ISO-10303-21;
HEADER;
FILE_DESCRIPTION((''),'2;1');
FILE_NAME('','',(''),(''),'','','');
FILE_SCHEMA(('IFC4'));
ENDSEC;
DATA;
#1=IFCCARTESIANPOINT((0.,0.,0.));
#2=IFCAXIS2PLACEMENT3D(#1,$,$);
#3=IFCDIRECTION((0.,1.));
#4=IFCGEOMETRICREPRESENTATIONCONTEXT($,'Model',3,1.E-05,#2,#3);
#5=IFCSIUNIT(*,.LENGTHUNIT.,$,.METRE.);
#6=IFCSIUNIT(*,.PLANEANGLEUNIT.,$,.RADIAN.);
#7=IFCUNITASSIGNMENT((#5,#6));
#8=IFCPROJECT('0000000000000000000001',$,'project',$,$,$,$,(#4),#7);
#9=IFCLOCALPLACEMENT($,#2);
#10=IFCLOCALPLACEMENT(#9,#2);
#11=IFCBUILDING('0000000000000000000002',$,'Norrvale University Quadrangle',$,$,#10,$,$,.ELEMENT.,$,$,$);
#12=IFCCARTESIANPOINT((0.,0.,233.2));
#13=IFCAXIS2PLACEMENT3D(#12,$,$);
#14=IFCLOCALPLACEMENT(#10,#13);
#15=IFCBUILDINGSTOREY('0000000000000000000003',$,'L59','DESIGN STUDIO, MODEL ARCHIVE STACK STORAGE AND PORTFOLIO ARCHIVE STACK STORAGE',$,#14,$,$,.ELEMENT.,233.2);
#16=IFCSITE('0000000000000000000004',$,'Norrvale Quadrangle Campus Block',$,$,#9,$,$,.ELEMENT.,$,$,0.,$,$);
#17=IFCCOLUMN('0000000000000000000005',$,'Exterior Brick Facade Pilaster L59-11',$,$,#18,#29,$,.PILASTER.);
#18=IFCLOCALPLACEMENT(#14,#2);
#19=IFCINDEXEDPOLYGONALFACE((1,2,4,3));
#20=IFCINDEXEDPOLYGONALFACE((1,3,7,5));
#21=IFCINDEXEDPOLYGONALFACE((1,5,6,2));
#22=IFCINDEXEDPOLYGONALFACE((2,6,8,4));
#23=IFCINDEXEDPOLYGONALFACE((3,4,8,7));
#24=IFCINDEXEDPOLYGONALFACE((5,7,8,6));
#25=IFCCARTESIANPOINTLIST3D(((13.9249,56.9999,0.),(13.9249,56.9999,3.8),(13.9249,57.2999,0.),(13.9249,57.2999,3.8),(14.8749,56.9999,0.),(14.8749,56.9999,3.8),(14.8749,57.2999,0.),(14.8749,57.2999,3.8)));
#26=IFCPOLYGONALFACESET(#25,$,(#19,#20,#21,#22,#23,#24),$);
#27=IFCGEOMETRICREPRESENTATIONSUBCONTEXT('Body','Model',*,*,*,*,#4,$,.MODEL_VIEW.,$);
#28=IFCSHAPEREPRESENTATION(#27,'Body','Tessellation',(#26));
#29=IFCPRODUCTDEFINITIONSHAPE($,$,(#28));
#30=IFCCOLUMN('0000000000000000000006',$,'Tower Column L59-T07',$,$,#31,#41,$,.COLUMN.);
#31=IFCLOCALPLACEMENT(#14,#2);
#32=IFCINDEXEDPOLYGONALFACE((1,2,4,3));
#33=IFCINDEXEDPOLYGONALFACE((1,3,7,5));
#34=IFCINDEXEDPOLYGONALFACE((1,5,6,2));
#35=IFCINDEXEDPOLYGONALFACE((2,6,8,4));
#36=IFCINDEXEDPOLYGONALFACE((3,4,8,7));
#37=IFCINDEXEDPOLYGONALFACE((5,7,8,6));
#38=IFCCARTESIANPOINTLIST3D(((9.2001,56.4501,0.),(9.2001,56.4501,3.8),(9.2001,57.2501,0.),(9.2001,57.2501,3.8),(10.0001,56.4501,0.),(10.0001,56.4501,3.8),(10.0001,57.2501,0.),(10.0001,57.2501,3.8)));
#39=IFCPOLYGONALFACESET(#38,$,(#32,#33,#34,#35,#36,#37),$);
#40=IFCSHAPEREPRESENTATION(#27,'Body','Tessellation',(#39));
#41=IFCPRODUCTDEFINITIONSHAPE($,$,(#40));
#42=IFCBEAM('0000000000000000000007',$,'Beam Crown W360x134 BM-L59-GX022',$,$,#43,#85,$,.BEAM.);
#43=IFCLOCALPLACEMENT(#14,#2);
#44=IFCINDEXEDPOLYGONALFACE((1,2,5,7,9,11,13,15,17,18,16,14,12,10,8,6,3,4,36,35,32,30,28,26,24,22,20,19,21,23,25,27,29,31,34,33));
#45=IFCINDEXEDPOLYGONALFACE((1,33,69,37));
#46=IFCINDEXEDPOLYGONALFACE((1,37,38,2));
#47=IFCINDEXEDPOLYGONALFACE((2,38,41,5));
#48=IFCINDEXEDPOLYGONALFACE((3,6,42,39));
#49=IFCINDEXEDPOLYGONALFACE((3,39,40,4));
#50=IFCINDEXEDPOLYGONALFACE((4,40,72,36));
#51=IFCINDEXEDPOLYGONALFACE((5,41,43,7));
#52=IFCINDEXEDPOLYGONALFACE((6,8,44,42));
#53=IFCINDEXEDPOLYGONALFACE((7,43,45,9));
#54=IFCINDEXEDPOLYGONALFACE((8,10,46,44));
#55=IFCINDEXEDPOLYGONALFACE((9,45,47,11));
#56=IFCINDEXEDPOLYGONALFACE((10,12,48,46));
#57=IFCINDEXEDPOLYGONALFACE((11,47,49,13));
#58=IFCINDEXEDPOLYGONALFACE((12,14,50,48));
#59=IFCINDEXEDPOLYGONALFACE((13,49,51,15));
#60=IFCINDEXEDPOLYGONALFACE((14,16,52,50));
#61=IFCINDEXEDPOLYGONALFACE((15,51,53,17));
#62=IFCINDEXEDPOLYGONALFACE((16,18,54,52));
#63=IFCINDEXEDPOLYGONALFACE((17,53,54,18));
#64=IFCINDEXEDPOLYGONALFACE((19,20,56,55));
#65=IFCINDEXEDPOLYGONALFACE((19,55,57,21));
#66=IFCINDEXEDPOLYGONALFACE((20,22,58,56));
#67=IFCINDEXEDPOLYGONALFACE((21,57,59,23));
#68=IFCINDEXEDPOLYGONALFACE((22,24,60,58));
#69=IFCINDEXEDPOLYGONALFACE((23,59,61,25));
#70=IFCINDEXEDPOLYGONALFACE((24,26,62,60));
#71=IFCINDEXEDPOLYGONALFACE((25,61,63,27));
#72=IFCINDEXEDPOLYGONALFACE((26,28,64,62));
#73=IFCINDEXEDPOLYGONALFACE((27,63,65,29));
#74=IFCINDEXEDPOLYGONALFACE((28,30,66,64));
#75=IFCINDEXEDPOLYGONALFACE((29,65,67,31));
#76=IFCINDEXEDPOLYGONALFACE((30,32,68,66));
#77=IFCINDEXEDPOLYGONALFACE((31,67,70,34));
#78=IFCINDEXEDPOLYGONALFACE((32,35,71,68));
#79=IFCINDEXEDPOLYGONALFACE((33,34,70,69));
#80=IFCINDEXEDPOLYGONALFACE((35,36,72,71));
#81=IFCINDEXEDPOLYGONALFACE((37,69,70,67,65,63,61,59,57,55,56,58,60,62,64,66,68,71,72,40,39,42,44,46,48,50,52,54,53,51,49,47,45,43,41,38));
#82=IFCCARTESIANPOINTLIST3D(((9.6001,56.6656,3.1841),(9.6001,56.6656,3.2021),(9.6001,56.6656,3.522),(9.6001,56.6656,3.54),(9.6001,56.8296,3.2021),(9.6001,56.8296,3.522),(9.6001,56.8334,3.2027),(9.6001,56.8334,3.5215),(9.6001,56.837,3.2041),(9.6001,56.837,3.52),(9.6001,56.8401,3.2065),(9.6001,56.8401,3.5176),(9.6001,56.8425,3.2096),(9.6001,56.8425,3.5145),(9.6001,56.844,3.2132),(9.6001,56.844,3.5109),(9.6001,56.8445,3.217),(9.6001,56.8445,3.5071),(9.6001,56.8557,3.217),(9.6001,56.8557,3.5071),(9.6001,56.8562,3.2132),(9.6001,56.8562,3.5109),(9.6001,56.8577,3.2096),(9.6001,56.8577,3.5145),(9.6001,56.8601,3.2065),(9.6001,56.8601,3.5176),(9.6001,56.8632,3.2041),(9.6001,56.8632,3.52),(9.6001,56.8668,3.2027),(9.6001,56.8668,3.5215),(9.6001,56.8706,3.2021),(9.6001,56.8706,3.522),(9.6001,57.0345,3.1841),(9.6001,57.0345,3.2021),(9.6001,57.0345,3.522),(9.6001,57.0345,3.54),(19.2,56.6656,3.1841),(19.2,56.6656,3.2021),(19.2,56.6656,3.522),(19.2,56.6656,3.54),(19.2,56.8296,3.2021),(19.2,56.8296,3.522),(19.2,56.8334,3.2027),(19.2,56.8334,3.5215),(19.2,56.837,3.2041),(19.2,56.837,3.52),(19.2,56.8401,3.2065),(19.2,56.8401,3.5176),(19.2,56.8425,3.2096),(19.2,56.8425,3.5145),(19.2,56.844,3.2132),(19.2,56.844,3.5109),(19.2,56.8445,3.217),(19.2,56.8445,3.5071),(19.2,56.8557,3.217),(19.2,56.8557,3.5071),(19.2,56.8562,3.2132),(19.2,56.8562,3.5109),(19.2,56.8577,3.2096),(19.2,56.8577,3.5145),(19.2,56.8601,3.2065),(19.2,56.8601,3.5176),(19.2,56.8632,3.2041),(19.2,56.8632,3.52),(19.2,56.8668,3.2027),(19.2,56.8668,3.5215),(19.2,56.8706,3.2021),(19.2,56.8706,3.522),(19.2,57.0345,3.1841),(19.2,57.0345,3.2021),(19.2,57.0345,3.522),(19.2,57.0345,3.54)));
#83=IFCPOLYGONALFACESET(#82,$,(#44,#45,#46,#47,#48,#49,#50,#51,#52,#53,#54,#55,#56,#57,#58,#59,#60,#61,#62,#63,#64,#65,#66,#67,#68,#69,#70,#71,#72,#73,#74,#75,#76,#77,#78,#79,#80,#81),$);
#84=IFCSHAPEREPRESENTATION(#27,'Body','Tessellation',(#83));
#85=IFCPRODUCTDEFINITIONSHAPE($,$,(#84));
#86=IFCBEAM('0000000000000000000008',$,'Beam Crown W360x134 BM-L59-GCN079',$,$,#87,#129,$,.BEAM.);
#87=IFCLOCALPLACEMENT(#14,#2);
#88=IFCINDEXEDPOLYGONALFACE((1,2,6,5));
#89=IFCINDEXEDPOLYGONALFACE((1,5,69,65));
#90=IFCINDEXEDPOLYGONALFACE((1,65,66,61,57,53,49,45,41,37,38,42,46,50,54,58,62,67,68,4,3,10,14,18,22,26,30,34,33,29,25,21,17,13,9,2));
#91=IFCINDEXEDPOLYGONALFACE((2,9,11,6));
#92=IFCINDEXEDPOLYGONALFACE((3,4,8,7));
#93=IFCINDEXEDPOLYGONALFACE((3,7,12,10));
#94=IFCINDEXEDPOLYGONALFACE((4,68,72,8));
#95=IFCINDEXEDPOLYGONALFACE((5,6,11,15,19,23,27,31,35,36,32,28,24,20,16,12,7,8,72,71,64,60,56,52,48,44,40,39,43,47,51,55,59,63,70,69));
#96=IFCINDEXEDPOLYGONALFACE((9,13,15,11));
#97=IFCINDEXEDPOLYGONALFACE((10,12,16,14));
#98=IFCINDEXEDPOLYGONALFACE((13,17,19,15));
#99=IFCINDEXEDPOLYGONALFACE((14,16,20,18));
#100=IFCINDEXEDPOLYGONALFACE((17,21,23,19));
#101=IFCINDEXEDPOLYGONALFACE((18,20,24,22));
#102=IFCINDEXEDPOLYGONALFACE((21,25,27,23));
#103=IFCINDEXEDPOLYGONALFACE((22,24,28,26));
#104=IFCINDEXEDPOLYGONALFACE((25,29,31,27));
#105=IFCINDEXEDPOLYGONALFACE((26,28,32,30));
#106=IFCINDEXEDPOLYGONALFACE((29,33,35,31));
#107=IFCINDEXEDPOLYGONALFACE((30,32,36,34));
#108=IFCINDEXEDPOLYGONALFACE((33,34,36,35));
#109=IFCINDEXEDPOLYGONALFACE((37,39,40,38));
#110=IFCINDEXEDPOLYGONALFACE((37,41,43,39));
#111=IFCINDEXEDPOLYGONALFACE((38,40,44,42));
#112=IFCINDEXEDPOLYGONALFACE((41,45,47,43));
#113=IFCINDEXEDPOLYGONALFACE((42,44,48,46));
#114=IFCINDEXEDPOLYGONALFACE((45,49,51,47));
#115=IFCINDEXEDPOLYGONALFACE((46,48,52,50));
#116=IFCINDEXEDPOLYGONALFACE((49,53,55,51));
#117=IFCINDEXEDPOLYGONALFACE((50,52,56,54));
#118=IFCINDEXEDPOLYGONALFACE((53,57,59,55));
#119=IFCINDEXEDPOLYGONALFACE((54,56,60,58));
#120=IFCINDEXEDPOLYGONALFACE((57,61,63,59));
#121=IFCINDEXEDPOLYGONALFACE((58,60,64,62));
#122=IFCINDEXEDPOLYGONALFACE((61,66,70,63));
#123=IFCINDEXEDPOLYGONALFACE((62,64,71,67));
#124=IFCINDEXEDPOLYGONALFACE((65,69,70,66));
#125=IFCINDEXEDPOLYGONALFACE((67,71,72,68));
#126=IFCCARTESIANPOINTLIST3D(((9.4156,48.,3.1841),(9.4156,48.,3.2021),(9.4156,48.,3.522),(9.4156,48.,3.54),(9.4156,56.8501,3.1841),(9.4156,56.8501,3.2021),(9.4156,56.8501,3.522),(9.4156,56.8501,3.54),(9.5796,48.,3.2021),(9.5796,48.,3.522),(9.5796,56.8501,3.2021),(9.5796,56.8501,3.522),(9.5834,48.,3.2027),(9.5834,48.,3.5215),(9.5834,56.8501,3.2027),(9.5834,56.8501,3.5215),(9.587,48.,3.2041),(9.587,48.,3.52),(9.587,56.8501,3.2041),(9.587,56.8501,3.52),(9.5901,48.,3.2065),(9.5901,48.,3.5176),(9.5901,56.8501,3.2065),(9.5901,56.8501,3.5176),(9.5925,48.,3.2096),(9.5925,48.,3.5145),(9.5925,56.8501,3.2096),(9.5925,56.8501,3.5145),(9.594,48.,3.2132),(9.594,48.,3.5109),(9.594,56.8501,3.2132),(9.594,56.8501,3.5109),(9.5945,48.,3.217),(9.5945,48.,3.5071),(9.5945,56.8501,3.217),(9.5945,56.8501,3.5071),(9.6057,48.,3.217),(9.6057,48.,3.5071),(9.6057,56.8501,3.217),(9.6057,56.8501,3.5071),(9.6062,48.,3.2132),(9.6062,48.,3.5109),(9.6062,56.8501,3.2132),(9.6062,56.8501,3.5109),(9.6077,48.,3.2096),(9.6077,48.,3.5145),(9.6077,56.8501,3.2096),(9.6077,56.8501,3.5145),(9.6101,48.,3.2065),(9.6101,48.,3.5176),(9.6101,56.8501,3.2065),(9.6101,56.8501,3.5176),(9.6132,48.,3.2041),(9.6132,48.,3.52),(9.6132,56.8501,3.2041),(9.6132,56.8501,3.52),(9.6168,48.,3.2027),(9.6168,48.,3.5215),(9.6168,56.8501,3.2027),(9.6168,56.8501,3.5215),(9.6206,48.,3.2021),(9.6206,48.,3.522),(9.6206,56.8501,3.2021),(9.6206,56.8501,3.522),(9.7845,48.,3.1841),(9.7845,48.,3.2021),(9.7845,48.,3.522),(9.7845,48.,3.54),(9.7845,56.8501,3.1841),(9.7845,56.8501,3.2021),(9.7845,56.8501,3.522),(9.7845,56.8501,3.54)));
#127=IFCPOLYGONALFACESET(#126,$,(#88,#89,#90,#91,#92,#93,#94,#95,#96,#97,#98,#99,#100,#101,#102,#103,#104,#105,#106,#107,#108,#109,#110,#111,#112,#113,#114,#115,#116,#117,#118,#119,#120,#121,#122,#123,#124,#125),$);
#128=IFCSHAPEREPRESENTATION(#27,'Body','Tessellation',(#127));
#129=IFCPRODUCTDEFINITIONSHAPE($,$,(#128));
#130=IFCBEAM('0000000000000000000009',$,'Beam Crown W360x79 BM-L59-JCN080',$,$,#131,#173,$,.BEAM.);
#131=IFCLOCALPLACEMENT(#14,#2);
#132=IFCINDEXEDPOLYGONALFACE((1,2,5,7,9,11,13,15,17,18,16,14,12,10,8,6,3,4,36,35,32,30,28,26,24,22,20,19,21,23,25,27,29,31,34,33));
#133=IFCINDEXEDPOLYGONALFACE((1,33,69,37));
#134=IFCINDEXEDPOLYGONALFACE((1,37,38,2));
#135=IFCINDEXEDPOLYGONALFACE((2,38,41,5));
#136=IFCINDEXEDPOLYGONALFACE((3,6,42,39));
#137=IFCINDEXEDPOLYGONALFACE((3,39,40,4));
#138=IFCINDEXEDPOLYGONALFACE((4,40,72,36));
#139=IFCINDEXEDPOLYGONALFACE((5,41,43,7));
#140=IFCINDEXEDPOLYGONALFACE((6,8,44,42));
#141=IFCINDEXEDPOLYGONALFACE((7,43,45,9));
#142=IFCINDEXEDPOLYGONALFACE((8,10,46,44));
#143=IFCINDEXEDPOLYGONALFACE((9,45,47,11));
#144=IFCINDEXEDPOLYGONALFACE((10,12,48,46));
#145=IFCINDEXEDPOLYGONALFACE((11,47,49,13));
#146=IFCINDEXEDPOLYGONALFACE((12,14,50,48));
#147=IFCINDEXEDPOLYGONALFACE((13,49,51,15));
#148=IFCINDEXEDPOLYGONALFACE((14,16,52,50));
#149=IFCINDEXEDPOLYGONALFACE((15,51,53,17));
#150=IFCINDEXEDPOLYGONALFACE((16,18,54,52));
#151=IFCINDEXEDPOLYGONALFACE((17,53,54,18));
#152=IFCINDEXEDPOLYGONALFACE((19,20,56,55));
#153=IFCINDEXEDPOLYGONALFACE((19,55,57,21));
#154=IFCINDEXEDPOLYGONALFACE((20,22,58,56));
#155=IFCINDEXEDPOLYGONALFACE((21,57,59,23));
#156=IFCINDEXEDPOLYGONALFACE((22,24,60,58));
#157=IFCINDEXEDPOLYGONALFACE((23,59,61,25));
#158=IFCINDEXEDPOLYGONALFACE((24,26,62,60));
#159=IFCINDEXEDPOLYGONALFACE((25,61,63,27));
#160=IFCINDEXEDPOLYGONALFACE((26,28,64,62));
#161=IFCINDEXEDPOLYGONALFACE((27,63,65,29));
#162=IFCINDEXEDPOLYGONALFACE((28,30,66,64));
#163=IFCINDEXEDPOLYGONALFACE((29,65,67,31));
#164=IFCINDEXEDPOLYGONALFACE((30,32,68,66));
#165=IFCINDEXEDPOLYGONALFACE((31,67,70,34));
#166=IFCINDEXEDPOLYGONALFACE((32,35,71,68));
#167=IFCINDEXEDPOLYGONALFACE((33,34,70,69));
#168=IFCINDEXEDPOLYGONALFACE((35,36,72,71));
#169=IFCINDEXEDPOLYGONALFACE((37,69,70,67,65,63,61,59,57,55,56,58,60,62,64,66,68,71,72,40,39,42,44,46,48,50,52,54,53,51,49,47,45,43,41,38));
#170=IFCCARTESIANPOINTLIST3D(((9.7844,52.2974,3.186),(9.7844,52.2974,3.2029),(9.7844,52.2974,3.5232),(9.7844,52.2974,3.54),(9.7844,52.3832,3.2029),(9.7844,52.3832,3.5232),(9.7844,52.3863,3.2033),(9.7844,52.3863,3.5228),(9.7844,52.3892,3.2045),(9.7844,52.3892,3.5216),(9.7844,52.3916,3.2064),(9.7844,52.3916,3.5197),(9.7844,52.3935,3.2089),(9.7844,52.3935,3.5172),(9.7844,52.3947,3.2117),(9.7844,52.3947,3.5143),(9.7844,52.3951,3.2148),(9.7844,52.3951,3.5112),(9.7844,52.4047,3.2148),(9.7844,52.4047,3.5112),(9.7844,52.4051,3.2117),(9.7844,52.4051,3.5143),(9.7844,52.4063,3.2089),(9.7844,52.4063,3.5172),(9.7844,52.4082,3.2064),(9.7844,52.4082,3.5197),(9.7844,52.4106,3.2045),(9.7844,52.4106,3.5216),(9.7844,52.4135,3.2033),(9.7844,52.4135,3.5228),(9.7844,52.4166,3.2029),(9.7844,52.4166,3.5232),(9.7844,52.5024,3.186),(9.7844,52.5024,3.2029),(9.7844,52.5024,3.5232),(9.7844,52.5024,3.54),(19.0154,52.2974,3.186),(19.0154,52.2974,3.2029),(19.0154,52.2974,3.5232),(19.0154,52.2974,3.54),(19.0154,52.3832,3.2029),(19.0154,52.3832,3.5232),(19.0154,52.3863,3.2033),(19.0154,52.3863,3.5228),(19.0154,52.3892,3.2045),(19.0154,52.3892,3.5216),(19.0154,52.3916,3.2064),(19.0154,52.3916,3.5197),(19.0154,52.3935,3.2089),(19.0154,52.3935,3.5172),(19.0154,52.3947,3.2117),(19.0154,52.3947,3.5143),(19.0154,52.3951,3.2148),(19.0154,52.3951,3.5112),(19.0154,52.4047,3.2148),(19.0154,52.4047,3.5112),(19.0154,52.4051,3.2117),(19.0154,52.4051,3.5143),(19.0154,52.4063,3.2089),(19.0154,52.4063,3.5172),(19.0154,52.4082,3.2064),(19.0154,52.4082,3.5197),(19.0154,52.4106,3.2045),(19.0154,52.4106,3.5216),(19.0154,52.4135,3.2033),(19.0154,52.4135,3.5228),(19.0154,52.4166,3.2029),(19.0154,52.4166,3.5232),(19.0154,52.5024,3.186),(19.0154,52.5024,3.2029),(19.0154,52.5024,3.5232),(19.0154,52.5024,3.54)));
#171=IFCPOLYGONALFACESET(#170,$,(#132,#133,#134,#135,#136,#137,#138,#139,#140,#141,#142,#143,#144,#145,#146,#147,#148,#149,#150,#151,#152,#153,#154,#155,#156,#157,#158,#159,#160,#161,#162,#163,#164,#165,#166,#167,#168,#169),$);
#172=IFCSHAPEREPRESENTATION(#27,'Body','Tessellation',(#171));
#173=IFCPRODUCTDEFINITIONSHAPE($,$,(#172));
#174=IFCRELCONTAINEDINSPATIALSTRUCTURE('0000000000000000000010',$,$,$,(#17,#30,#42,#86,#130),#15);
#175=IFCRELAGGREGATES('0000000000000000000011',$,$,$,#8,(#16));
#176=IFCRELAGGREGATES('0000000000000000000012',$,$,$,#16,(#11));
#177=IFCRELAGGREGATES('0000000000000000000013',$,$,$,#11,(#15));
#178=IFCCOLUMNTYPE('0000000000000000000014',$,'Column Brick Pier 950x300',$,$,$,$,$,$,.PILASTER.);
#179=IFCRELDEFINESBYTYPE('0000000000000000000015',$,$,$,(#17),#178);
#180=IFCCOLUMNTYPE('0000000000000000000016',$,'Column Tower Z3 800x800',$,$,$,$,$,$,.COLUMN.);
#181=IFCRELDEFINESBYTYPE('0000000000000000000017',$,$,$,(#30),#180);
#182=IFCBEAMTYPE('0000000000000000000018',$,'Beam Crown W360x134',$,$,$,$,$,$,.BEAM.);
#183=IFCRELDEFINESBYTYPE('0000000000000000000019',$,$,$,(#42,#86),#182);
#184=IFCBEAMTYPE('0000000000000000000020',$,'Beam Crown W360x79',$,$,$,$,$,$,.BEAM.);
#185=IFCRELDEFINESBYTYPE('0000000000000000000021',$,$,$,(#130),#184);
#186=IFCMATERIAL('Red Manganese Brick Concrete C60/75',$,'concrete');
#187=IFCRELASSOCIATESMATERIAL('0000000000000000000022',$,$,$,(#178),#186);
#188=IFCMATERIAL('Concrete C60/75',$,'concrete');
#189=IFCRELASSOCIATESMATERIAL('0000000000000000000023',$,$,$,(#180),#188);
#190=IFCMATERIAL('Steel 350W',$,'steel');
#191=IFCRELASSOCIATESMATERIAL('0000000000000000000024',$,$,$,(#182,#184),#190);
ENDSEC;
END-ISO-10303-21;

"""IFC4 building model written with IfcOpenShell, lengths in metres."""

from ifc_helpers import new_model, si_unit, direction, frame, origin, origin_2d, place, context, subcontext, project, spatial, rectangle, i_section, extrude, material, material_profile, profile_set, type_object, element, save


model = new_model("IFC4")

# Units and contexts
model_context = context("Model", 3, precision=1e-05, world=origin(), true_north=direction((0.0, 1.0)))
body_context = subcontext(model_context, "Body", "Model", "MODEL_VIEW")
ifc_project = project(units=[si_unit("LENGTHUNIT", "METRE"), si_unit("PLANEANGLEUNIT", "RADIAN")], contexts=[model_context])

# Site, building, storey
site_placement = place(None, origin())
site = spatial("IfcSite", under=ifc_project, at=site_placement, Name="Norrvale Quadrangle Campus Block", CompositionType="ELEMENT", RefElevation=0.0)
building_placement = place(site_placement, origin())
building = spatial("IfcBuilding", under=site, at=building_placement, Name="Norrvale University Quadrangle", CompositionType="ELEMENT")
storey_placement = place(building_placement, frame((0.0, 0.0, 233.2)))
storey = spatial("IfcBuildingStorey", under=building, at=storey_placement, Name="L59", Description="DESIGN STUDIO, MODEL ARCHIVE STACK STORAGE AND PORTFOLIO ARCHIVE STACK STORAGE", CompositionType="ELEMENT", Elevation=233.2)

# Columns
ifc_material_1 = material(Name="Red Manganese Brick Concrete C60/75", Category="concrete")
ifc_material_profile_1 = material_profile(ifc_material_1, rectangle(XDim=0.95, YDim=0.3, at=origin_2d()), Name="Red Manganese Brick Concrete C60/75")
ifc_profile_set_1 = profile_set([ifc_material_profile_1], Name="Red Manganese Brick Concrete C60/75")
column_type_1 = type_object("IfcColumnType", Name="Column Brick Pier 950x300", PredefinedType="PILASTER", material=ifc_profile_set_1)
column_1_placement = place(storey_placement, frame((14.3999, 57.1499, 0.0), z_axis=(0.0, 0.0, 1.0), x_axis=(1.0, 0.0, 0.0)))
element("IfcColumn", 1, at=column_1_placement, inside=storey, type_object=column_type_1, Name="Exterior Brick Facade Pilaster L59-11", PredefinedType="PILASTER", context=body_context, shape_type="SweptSolid", body=[
    extrude(rectangle(XDim=0.95, YDim=0.3, at=origin_2d()), origin(), (0.0, 0.0, 1.0), 3.8),
])
ifc_material_2 = material(Name="Concrete C60/75", Category="concrete")
ifc_material_profile_2 = material_profile(ifc_material_2, rectangle(XDim=0.8, YDim=0.8, at=origin_2d()), Name="Concrete C60/75")
ifc_profile_set_2 = profile_set([ifc_material_profile_2], Name="Concrete C60/75")
column_type_2 = type_object("IfcColumnType", Name="Column Tower Z3 800x800", PredefinedType="COLUMN", material=ifc_profile_set_2)
column_2_placement = place(storey_placement, frame((9.6001, 56.8501, 0.0), z_axis=(0.0, 0.0, 1.0), x_axis=(1.0, 0.0, 0.0)))
element("IfcColumn", 2, at=column_2_placement, inside=storey, type_object=column_type_2, Name="Tower Column L59-T07", PredefinedType="COLUMN", context=body_context, shape_type="SweptSolid", body=[
    extrude(rectangle(XDim=0.8, YDim=0.8, at=origin_2d()), origin(), (0.0, 0.0, 1.0), 3.8),
])

# Beams
ifc_material_3 = material(Name="Steel 350W", Category="steel")
ifc_material_profile_3 = material_profile(ifc_material_3, i_section(OverallWidth=0.3689, OverallDepth=0.356, WebThickness=0.0112, FlangeThickness=0.0181, FilletRadius=0.0149, at=origin_2d()), Name="Steel 350W")
ifc_profile_set_3 = profile_set([ifc_material_profile_3], Name="Steel 350W")
beam_type_1 = type_object("IfcBeamType", Name="Beam Crown W360x134", PredefinedType="BEAM", material=ifc_profile_set_3)
beam_1_placement = place(storey_placement, frame((9.6001, 56.8501, 3.3621), z_axis=(1.0, 0.0, 0.0), x_axis=(0.0, 1.0, 0.0)))
element("IfcBeam", 3, at=beam_1_placement, inside=storey, type_object=beam_type_1, Name="Beam Crown W360x134 BM-L59-GX022", PredefinedType="BEAM", context=body_context, shape_type="SweptSolid", body=[
    extrude(i_section(OverallWidth=0.3689, OverallDepth=0.356, WebThickness=0.0112, FlangeThickness=0.0181, FilletRadius=0.0149, at=origin_2d()), origin(), (0.0, 0.0, 1.0), 9.5999),
])
beam_2_placement = place(storey_placement, frame((9.6001, 48.0, 3.3621), z_axis=(0.0, 1.0, 0.0), x_axis=(-1.0, 0.0, 0.0)))
element("IfcBeam", 4, at=beam_2_placement, inside=storey, type_object=beam_type_1, Name="Beam Crown W360x134 BM-L59-GCN079", PredefinedType="BEAM", context=body_context, shape_type="SweptSolid", body=[
    extrude(i_section(OverallWidth=0.3689, OverallDepth=0.356, WebThickness=0.0112, FlangeThickness=0.0181, FilletRadius=0.0149, at=origin_2d()), origin(), (0.0, 0.0, 1.0), 8.8501),
])
ifc_material_profile_4 = material_profile(ifc_material_3, i_section(OverallWidth=0.2051, OverallDepth=0.354, WebThickness=0.0095, FlangeThickness=0.0168, FilletRadius=0.012, at=origin_2d()), Name="Steel 350W")
ifc_profile_set_4 = profile_set([ifc_material_profile_4], Name="Steel 350W")
beam_type_2 = type_object("IfcBeamType", Name="Beam Crown W360x79", PredefinedType="BEAM", material=ifc_profile_set_4)
beam_3_placement = place(storey_placement, frame((9.7844, 52.3999, 3.363), z_axis=(1.0, 0.0, 0.0), x_axis=(0.0, 1.0, 0.0)))
element("IfcBeam", 5, at=beam_3_placement, inside=storey, type_object=beam_type_2, Name="Beam Crown W360x79 BM-L59-JCN080", PredefinedType="BEAM", context=body_context, shape_type="SweptSolid", body=[
    extrude(i_section(OverallWidth=0.2051, OverallDepth=0.354, WebThickness=0.0095, FlangeThickness=0.0168, FilletRadius=0.012, at=origin_2d()), origin(), (0.0, 0.0, 1.0), 9.231),
])

save(model, "model.ifc")
